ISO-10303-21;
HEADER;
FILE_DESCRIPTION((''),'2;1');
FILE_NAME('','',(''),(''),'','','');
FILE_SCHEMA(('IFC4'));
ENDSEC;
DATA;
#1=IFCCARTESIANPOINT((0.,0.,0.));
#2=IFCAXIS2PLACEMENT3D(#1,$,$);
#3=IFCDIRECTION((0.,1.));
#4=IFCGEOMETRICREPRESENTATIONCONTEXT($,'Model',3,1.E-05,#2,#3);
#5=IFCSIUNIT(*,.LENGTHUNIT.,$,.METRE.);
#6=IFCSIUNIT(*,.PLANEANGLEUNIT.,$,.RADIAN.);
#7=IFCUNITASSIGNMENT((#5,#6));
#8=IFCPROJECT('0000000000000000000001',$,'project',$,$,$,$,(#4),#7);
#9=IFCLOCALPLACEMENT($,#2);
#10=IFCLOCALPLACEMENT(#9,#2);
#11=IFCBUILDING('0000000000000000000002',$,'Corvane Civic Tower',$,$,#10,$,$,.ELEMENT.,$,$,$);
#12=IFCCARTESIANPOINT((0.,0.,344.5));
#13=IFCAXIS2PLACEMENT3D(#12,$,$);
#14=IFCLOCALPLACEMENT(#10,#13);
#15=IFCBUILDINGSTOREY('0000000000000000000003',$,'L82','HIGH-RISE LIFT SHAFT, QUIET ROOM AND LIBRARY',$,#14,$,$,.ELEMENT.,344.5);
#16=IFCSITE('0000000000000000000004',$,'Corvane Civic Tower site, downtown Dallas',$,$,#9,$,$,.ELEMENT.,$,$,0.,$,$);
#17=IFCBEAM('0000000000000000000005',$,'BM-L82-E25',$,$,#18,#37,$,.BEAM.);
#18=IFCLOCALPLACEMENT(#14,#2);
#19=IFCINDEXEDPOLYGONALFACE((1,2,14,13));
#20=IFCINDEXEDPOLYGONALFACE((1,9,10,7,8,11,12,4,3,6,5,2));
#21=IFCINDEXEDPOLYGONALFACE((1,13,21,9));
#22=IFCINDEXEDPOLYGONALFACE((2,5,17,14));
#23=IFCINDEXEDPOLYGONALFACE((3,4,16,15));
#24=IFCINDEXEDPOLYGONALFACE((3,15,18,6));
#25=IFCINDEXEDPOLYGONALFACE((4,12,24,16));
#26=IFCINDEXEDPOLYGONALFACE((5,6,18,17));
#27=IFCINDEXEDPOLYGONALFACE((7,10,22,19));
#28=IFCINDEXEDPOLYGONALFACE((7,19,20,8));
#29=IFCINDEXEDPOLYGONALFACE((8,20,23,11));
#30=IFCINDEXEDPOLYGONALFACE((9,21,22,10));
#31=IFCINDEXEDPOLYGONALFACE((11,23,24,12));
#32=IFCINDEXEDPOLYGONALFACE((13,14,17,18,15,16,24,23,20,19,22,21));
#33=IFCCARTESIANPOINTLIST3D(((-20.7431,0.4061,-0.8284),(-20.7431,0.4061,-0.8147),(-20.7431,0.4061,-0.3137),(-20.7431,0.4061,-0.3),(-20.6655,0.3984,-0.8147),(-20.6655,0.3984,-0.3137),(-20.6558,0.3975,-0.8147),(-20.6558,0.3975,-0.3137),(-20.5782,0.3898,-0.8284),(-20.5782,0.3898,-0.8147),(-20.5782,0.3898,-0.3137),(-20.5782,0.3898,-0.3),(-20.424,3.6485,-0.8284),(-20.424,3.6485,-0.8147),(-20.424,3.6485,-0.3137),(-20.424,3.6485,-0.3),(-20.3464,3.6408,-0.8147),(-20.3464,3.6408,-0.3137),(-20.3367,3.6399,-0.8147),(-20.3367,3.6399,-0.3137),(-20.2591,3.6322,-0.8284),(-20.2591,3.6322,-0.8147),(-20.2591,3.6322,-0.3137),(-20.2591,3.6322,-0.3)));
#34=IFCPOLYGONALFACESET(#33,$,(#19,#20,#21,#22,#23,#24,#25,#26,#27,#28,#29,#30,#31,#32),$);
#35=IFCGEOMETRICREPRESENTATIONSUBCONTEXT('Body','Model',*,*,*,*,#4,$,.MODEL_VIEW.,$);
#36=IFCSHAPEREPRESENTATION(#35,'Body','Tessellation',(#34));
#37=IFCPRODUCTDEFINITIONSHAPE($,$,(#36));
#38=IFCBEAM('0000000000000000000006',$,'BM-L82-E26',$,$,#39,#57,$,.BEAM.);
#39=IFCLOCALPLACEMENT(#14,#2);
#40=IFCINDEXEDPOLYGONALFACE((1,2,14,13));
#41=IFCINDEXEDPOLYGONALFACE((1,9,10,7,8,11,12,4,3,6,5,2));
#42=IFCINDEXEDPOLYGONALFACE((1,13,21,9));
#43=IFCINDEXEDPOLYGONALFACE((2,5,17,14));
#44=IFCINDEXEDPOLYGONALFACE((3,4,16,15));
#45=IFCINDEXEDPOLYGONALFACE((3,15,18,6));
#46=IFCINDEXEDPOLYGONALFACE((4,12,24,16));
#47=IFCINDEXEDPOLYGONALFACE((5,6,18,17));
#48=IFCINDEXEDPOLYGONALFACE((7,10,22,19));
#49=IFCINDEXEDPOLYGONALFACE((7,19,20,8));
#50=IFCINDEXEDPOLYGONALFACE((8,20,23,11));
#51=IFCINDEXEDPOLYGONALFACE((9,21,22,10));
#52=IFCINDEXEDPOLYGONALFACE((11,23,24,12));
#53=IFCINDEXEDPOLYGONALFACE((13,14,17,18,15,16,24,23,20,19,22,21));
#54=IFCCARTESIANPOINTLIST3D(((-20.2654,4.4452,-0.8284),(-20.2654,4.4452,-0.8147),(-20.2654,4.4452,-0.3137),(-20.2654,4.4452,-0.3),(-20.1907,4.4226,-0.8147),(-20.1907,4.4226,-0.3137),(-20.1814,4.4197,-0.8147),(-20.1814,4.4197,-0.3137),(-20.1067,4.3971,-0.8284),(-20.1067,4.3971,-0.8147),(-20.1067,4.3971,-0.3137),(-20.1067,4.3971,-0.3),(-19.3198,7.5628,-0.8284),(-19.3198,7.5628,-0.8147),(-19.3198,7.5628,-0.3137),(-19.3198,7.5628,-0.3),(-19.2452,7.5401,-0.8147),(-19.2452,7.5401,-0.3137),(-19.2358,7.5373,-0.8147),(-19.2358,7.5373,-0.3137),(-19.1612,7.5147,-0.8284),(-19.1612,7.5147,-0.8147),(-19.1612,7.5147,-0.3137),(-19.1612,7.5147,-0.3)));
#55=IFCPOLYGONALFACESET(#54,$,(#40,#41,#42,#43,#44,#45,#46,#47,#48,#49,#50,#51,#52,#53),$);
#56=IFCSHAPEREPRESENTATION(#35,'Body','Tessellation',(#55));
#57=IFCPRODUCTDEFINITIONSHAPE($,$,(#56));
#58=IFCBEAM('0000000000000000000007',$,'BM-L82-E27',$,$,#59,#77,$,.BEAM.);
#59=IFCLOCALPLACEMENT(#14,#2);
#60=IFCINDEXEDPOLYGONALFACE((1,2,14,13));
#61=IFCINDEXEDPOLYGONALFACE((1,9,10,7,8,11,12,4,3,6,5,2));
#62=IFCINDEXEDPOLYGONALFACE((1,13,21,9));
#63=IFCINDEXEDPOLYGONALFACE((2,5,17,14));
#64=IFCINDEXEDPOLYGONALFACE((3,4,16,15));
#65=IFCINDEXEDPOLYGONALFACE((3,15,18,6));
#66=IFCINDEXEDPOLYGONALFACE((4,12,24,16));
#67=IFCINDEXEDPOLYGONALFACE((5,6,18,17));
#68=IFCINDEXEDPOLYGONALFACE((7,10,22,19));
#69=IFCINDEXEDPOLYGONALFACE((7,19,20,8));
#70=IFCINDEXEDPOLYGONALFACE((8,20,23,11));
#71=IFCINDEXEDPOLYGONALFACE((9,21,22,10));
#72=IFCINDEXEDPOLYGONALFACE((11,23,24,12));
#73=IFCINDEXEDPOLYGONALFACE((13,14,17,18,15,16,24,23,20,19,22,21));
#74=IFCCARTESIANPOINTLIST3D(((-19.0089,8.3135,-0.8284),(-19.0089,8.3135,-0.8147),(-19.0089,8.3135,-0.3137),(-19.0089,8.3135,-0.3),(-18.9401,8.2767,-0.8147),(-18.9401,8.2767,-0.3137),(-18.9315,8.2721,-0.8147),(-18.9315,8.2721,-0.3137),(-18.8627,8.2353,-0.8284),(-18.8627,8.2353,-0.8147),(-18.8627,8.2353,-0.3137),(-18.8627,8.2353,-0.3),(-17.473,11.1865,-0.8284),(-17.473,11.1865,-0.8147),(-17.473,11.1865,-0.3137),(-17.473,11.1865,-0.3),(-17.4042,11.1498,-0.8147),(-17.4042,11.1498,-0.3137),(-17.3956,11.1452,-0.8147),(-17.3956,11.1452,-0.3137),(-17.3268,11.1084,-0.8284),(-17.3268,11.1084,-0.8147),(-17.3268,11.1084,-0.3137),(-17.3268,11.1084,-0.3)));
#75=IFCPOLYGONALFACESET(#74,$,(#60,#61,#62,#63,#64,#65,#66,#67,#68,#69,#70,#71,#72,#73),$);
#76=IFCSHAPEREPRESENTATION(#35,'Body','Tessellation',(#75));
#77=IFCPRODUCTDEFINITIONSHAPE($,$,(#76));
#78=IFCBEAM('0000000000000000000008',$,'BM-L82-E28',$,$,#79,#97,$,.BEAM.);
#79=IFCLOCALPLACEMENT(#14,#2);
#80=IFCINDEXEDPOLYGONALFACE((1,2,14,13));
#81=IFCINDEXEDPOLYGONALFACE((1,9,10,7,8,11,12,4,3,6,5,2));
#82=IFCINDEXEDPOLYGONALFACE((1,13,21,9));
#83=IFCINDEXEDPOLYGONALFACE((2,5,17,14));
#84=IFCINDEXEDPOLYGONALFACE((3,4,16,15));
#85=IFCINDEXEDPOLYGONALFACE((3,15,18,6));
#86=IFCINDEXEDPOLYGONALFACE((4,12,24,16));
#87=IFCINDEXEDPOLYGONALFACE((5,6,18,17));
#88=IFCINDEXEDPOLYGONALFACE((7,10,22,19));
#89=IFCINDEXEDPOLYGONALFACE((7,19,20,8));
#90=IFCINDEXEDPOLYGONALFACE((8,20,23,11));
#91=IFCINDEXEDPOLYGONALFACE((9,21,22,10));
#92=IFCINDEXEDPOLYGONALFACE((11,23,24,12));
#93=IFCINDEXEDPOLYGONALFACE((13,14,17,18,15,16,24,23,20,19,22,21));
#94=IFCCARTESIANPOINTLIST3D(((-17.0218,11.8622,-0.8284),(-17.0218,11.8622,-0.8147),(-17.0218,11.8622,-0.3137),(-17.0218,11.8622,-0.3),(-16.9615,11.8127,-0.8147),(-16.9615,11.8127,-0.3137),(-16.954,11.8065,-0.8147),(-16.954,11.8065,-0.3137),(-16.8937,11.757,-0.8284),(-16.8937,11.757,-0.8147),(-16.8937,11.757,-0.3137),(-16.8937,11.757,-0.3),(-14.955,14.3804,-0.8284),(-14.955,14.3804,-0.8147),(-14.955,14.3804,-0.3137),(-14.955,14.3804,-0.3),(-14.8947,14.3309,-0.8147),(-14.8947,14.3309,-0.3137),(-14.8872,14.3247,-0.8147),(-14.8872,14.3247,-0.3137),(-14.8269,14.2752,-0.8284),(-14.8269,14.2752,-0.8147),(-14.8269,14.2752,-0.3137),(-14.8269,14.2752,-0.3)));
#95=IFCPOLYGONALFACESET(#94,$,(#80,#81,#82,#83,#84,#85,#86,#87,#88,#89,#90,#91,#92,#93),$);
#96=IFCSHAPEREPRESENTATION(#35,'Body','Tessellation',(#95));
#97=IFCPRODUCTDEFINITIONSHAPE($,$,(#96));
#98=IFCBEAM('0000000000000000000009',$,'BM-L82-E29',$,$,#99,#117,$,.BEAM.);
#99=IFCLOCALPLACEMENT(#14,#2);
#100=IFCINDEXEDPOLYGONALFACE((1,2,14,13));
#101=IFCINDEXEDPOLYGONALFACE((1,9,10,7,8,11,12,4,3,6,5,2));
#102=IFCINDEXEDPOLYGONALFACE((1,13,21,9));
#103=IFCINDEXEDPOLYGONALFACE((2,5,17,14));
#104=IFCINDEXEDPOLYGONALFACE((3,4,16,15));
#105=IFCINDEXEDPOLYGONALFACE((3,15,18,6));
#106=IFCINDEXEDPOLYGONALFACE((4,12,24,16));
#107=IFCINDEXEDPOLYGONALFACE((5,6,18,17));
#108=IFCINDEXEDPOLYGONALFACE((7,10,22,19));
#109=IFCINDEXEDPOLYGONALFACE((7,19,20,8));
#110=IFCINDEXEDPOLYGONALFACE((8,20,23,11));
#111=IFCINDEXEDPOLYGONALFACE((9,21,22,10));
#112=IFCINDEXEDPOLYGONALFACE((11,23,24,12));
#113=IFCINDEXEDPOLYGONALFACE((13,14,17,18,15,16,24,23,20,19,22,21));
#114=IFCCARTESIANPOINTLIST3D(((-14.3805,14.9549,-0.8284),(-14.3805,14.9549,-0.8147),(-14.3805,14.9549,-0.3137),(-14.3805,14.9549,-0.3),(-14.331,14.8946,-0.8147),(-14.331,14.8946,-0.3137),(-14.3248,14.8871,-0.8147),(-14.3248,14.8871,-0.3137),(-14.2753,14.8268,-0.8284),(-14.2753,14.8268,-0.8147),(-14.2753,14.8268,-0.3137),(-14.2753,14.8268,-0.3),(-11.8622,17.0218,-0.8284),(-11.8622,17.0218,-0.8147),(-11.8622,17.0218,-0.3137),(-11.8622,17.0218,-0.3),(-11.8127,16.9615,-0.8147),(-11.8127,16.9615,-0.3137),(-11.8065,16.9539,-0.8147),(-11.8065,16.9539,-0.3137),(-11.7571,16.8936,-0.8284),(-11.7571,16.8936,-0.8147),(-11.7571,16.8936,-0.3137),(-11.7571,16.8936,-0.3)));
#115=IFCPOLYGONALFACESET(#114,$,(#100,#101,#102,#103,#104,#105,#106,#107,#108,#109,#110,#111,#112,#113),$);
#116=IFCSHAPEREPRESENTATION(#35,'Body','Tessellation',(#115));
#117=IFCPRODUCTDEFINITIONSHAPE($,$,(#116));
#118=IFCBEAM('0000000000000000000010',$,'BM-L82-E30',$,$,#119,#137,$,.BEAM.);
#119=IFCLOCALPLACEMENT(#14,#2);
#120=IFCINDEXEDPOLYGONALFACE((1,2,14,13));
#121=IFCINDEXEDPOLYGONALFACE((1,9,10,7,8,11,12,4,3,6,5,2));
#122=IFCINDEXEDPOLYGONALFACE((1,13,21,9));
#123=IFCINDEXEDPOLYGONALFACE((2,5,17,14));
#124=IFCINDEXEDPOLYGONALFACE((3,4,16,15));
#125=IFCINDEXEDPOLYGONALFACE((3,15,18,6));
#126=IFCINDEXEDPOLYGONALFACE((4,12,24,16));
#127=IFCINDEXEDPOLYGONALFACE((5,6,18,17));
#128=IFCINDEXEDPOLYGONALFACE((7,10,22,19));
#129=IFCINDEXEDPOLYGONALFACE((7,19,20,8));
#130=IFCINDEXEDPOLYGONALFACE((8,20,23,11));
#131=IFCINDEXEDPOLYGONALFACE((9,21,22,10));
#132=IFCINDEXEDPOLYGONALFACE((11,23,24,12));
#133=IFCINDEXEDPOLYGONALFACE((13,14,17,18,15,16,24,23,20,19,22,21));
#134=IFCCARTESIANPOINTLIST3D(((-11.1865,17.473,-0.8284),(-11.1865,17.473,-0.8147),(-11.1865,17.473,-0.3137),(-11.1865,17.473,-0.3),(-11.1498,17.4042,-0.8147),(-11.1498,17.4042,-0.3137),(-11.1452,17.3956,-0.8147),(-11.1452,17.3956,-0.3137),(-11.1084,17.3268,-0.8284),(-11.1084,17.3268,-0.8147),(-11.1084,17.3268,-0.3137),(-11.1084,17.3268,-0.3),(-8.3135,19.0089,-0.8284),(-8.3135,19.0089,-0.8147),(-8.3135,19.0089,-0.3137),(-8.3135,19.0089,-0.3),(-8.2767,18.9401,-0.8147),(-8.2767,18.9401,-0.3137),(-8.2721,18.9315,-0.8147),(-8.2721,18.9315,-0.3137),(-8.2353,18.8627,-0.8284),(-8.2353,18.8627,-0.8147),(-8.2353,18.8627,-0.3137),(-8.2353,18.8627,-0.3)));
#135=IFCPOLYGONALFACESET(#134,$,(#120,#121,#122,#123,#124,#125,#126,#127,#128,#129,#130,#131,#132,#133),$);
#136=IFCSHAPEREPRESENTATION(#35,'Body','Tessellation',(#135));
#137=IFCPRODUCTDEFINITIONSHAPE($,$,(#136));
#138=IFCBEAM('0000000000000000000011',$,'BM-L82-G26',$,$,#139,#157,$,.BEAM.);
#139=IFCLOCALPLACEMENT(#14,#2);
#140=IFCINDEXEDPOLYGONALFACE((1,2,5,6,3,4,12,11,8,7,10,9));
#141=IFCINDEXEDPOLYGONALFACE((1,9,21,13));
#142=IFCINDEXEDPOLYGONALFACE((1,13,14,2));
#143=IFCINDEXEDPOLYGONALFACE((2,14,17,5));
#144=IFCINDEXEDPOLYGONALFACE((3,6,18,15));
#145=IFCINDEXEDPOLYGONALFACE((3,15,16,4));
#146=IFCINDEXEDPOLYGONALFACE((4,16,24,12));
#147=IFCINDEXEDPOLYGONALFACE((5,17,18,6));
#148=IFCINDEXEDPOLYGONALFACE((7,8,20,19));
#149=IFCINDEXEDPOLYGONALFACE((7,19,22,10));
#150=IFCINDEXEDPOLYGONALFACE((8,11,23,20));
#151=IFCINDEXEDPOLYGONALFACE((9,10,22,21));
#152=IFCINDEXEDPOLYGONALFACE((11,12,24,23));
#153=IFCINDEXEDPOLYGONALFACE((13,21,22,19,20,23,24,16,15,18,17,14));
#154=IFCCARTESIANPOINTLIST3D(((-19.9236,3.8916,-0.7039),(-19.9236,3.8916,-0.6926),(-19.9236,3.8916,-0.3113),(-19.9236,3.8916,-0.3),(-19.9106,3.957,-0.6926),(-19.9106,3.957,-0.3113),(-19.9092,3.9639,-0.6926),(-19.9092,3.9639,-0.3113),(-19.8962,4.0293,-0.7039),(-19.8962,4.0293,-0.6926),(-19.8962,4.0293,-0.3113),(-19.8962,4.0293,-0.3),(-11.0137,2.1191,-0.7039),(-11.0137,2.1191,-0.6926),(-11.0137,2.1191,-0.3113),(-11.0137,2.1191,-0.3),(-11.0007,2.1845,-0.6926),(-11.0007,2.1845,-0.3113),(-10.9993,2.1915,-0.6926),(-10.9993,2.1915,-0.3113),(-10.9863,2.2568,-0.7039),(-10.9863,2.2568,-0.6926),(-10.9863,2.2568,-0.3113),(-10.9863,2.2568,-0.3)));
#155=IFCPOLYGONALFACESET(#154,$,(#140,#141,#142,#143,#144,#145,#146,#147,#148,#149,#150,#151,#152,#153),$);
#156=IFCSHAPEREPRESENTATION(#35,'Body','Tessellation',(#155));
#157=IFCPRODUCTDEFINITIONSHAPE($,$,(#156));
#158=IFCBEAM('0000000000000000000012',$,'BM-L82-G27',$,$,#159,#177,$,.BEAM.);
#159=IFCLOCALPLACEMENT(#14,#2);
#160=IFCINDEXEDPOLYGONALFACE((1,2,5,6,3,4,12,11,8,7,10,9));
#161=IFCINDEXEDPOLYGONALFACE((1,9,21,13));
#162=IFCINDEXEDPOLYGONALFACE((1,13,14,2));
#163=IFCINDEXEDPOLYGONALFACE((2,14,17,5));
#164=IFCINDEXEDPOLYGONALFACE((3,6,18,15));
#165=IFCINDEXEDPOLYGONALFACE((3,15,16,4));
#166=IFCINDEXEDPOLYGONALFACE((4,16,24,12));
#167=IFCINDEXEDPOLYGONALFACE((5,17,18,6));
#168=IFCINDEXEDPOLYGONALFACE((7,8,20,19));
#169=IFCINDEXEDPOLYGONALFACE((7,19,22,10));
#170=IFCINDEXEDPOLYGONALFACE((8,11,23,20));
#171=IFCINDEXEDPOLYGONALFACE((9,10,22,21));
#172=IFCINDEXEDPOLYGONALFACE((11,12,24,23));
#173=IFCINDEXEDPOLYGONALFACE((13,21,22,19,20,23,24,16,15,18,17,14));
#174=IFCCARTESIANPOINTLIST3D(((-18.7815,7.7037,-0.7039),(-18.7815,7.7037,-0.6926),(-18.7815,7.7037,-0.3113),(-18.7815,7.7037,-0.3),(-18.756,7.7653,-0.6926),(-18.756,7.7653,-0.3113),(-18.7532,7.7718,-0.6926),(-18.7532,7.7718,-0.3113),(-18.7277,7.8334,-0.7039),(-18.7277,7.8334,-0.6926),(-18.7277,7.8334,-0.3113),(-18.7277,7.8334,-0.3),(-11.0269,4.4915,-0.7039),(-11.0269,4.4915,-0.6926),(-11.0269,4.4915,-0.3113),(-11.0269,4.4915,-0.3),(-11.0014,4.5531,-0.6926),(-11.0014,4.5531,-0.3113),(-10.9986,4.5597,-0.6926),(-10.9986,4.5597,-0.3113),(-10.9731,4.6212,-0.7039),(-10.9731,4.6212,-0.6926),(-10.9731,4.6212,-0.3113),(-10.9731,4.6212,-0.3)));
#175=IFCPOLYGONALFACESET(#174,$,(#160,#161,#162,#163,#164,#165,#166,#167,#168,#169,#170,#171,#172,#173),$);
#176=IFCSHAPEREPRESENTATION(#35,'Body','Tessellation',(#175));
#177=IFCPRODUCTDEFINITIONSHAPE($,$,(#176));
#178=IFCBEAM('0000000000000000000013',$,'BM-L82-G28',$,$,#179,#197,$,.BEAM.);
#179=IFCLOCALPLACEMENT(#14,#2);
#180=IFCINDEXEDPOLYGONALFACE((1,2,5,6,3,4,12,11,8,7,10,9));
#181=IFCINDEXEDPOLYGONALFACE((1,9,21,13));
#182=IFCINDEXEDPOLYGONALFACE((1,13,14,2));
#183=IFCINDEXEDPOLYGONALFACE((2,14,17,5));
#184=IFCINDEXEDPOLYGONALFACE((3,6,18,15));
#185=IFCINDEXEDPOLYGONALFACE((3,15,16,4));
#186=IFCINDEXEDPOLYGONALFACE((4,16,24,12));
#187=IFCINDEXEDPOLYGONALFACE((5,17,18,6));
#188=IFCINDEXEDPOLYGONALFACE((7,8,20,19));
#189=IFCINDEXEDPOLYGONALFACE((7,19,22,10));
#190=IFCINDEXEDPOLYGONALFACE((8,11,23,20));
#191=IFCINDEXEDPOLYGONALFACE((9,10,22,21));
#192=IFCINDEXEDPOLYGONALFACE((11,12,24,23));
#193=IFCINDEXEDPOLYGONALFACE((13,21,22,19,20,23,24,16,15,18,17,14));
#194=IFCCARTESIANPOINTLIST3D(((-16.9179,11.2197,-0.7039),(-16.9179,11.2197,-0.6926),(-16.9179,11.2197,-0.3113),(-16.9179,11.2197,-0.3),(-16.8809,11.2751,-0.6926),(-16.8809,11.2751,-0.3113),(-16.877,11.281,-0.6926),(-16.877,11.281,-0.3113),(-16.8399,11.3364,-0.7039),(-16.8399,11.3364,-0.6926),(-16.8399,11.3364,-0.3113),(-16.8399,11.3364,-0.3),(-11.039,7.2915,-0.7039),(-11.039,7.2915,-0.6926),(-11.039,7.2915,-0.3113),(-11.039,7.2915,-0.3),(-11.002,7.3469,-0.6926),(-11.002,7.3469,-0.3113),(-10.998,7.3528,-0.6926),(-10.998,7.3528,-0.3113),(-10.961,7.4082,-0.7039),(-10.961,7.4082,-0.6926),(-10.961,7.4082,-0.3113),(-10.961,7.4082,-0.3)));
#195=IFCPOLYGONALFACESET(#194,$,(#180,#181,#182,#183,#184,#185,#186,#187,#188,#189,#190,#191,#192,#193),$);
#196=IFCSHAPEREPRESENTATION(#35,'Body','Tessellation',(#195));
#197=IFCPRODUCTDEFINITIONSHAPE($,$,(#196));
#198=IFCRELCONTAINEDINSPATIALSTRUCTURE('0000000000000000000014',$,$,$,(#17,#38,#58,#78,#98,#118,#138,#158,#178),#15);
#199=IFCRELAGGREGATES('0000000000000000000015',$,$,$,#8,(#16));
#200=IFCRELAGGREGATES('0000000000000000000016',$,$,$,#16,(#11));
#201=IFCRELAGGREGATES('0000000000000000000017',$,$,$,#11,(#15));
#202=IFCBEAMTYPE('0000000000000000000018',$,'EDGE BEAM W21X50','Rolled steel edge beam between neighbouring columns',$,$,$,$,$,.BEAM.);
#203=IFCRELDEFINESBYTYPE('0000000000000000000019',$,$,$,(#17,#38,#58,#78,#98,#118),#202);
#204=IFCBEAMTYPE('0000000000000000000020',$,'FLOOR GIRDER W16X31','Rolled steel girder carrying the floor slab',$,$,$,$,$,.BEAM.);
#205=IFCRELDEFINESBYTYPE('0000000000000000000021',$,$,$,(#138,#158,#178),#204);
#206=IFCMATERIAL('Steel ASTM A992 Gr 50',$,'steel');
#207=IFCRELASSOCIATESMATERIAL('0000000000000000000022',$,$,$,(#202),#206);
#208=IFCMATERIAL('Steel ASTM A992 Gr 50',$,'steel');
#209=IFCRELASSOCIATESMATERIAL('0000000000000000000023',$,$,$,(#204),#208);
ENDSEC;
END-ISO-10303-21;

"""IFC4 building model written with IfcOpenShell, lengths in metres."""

from ifc_helpers import new_model, si_unit, direction, frame, origin, origin_2d, place, context, subcontext, project, spatial, i_section, extrude, material, material_profile, profile_set, type_object, element, save


model = new_model("IFC4")

# Units and contexts
model_context = context("Model", 3, precision=1e-05, world=origin(), true_north=direction((0.0, 1.0)))
body_context = subcontext(model_context, "Body", "Model", "MODEL_VIEW")
ifc_project = project(units=[si_unit("LENGTHUNIT", "METRE"), si_unit("PLANEANGLEUNIT", "RADIAN")], contexts=[model_context])

# Site, building, storey
site_placement = place(None, origin())
site = spatial("IfcSite", under=ifc_project, at=site_placement, Name="Corvane Civic Tower site, downtown Dallas", CompositionType="ELEMENT", RefElevation=0.0)
building_placement = place(site_placement, origin())
building = spatial("IfcBuilding", under=site, at=building_placement, Name="Corvane Civic Tower", CompositionType="ELEMENT")
storey_placement = place(building_placement, frame((0.0, 0.0, 344.5)))
storey = spatial("IfcBuildingStorey", under=building, at=storey_placement, Name="L82", Description="HIGH-RISE LIFT SHAFT, QUIET ROOM AND LIBRARY", CompositionType="ELEMENT", Elevation=344.5)

# Beams
ifc_material_1 = material(Name="Steel ASTM A992 Gr 50", Category="steel")
ifc_material_profile_1 = material_profile(ifc_material_1, i_section(OverallWidth=0.1658, OverallDepth=0.5283, WebThickness=0.0098, FlangeThickness=0.0137, at=origin_2d()), Name="W21X50")
ifc_profile_set_1 = profile_set([ifc_material_profile_1], Name="Steel ASTM A992 Gr 50")
beam_type_1 = type_object("IfcBeamType", Name="EDGE BEAM W21X50", Description="Rolled steel edge beam between neighbouring columns", PredefinedType="BEAM", material=ifc_profile_set_1)
beam_1_placement = place(storey_placement, frame((-20.6606, 0.3979, -0.5642), z_axis=(0.097938, 0.995193, 0.0), x_axis=(-0.995193, 0.097938, 0.0)))
element("IfcBeam", 1, at=beam_1_placement, inside=storey, type_object=beam_type_1, Name="BM-L82-E25", PredefinedType="BEAM", context=body_context, shape_type="SweptSolid", body=[
    extrude(i_section(OverallWidth=0.1658, OverallDepth=0.5283, WebThickness=0.0098, FlangeThickness=0.0137, at=origin_2d()), origin(), (0.0, 0.0, 1.0), 3.2581),
])
for number, where, z_axis, x_axis, name in (
    (2, (-20.186, 4.4211, -0.5642), (0.290234, 0.956956, 0.0), (-0.956956, 0.290234, 0.0), "BM-L82-E26"),
    (3, (-18.9358, 8.2744, -0.5642), (0.471448, 0.881894, 0.0), (-0.881894, 0.471448, 0.0), "BM-L82-E27"),
    (4, (-16.9578, 11.8096, -0.5642), (0.634425, 0.772985, 0.0), (-0.772985, 0.634425, 0.0), "BM-L82-E28"),
    (5, (-14.3279, 14.8909, -0.5642), (0.772985, 0.634425, 0.0), (-0.634425, 0.772985, 0.0), "BM-L82-E29"),
    (6, (-11.1475, 17.3999, -0.5642), (0.881894, 0.471448, 0.0), (-0.471448, 0.881894, 0.0), "BM-L82-E30"),
):
    element("IfcBeam", number, at=place(storey_placement, frame(where, z_axis=z_axis, x_axis=x_axis)), inside=storey, type_object=beam_type_1, Name=name, PredefinedType="BEAM", context=body_context, shape_type="SweptSolid", body=[
        extrude(i_section(OverallWidth=0.1658, OverallDepth=0.5283, WebThickness=0.0098, FlangeThickness=0.0137, at=origin_2d()), origin(), (0.0, 0.0, 1.0), 3.2578),
    ])
ifc_material_2 = material(Name="Steel ASTM A992 Gr 50", Category="steel")
ifc_material_profile_2 = material_profile(ifc_material_2, i_section(OverallWidth=0.1404, OverallDepth=0.4038, WebThickness=0.0071, FlangeThickness=0.0112, at=origin_2d()), Name="W16X31")
ifc_profile_set_2 = profile_set([ifc_material_profile_2], Name="Steel ASTM A992 Gr 50")
beam_type_2 = type_object("IfcBeamType", Name="FLOOR GIRDER W16X31", Description="Rolled steel girder carrying the floor slab", PredefinedType="BEAM", material=ifc_profile_set_2)
beam_2_placement = place(storey_placement, frame((-11.0, 2.188, -0.502), z_axis=(-0.980782, 0.195108, 0.0), x_axis=(-0.195108, -0.980782, 0.0)))
element("IfcBeam", 7, at=beam_2_placement, inside=storey, type_object=beam_type_2, Name="BM-L82-G26", PredefinedType="BEAM", context=body_context, shape_type="SweptSolid", body=[
    extrude(i_section(OverallWidth=0.1404, OverallDepth=0.4038, WebThickness=0.0071, FlangeThickness=0.0112, at=origin_2d()), origin(), (0.0, 0.0, 1.0), 9.0845),
])
beam_3_placement = place(storey_placement, frame((-11.0, 4.5564, -0.502), z_axis=(-0.923876, 0.382692, 0.0), x_axis=(-0.382692, -0.923876, 0.0)))
element("IfcBeam", 8, at=beam_3_placement, inside=storey, type_object=beam_type_2, Name="BM-L82-G27", PredefinedType="BEAM", context=body_context, shape_type="SweptSolid", body=[
    extrude(i_section(OverallWidth=0.1404, OverallDepth=0.4038, WebThickness=0.0071, FlangeThickness=0.0112, at=origin_2d()), origin(), (0.0, 0.0, 1.0), 8.3936),
])
beam_4_placement = place(storey_placement, frame((-11.0, 7.3499, -0.502), z_axis=(-0.831465, 0.555576, 0.0), x_axis=(-0.555576, -0.831465, 0.0)))
element("IfcBeam", 9, at=beam_4_placement, inside=storey, type_object=beam_type_2, Name="BM-L82-G28", PredefinedType="BEAM", context=body_context, shape_type="SweptSolid", body=[
    extrude(i_section(OverallWidth=0.1404, OverallDepth=0.4038, WebThickness=0.0071, FlangeThickness=0.0112, at=origin_2d()), origin(), (0.0, 0.0, 1.0), 7.0706),
])

save(model, "model.ifc")
